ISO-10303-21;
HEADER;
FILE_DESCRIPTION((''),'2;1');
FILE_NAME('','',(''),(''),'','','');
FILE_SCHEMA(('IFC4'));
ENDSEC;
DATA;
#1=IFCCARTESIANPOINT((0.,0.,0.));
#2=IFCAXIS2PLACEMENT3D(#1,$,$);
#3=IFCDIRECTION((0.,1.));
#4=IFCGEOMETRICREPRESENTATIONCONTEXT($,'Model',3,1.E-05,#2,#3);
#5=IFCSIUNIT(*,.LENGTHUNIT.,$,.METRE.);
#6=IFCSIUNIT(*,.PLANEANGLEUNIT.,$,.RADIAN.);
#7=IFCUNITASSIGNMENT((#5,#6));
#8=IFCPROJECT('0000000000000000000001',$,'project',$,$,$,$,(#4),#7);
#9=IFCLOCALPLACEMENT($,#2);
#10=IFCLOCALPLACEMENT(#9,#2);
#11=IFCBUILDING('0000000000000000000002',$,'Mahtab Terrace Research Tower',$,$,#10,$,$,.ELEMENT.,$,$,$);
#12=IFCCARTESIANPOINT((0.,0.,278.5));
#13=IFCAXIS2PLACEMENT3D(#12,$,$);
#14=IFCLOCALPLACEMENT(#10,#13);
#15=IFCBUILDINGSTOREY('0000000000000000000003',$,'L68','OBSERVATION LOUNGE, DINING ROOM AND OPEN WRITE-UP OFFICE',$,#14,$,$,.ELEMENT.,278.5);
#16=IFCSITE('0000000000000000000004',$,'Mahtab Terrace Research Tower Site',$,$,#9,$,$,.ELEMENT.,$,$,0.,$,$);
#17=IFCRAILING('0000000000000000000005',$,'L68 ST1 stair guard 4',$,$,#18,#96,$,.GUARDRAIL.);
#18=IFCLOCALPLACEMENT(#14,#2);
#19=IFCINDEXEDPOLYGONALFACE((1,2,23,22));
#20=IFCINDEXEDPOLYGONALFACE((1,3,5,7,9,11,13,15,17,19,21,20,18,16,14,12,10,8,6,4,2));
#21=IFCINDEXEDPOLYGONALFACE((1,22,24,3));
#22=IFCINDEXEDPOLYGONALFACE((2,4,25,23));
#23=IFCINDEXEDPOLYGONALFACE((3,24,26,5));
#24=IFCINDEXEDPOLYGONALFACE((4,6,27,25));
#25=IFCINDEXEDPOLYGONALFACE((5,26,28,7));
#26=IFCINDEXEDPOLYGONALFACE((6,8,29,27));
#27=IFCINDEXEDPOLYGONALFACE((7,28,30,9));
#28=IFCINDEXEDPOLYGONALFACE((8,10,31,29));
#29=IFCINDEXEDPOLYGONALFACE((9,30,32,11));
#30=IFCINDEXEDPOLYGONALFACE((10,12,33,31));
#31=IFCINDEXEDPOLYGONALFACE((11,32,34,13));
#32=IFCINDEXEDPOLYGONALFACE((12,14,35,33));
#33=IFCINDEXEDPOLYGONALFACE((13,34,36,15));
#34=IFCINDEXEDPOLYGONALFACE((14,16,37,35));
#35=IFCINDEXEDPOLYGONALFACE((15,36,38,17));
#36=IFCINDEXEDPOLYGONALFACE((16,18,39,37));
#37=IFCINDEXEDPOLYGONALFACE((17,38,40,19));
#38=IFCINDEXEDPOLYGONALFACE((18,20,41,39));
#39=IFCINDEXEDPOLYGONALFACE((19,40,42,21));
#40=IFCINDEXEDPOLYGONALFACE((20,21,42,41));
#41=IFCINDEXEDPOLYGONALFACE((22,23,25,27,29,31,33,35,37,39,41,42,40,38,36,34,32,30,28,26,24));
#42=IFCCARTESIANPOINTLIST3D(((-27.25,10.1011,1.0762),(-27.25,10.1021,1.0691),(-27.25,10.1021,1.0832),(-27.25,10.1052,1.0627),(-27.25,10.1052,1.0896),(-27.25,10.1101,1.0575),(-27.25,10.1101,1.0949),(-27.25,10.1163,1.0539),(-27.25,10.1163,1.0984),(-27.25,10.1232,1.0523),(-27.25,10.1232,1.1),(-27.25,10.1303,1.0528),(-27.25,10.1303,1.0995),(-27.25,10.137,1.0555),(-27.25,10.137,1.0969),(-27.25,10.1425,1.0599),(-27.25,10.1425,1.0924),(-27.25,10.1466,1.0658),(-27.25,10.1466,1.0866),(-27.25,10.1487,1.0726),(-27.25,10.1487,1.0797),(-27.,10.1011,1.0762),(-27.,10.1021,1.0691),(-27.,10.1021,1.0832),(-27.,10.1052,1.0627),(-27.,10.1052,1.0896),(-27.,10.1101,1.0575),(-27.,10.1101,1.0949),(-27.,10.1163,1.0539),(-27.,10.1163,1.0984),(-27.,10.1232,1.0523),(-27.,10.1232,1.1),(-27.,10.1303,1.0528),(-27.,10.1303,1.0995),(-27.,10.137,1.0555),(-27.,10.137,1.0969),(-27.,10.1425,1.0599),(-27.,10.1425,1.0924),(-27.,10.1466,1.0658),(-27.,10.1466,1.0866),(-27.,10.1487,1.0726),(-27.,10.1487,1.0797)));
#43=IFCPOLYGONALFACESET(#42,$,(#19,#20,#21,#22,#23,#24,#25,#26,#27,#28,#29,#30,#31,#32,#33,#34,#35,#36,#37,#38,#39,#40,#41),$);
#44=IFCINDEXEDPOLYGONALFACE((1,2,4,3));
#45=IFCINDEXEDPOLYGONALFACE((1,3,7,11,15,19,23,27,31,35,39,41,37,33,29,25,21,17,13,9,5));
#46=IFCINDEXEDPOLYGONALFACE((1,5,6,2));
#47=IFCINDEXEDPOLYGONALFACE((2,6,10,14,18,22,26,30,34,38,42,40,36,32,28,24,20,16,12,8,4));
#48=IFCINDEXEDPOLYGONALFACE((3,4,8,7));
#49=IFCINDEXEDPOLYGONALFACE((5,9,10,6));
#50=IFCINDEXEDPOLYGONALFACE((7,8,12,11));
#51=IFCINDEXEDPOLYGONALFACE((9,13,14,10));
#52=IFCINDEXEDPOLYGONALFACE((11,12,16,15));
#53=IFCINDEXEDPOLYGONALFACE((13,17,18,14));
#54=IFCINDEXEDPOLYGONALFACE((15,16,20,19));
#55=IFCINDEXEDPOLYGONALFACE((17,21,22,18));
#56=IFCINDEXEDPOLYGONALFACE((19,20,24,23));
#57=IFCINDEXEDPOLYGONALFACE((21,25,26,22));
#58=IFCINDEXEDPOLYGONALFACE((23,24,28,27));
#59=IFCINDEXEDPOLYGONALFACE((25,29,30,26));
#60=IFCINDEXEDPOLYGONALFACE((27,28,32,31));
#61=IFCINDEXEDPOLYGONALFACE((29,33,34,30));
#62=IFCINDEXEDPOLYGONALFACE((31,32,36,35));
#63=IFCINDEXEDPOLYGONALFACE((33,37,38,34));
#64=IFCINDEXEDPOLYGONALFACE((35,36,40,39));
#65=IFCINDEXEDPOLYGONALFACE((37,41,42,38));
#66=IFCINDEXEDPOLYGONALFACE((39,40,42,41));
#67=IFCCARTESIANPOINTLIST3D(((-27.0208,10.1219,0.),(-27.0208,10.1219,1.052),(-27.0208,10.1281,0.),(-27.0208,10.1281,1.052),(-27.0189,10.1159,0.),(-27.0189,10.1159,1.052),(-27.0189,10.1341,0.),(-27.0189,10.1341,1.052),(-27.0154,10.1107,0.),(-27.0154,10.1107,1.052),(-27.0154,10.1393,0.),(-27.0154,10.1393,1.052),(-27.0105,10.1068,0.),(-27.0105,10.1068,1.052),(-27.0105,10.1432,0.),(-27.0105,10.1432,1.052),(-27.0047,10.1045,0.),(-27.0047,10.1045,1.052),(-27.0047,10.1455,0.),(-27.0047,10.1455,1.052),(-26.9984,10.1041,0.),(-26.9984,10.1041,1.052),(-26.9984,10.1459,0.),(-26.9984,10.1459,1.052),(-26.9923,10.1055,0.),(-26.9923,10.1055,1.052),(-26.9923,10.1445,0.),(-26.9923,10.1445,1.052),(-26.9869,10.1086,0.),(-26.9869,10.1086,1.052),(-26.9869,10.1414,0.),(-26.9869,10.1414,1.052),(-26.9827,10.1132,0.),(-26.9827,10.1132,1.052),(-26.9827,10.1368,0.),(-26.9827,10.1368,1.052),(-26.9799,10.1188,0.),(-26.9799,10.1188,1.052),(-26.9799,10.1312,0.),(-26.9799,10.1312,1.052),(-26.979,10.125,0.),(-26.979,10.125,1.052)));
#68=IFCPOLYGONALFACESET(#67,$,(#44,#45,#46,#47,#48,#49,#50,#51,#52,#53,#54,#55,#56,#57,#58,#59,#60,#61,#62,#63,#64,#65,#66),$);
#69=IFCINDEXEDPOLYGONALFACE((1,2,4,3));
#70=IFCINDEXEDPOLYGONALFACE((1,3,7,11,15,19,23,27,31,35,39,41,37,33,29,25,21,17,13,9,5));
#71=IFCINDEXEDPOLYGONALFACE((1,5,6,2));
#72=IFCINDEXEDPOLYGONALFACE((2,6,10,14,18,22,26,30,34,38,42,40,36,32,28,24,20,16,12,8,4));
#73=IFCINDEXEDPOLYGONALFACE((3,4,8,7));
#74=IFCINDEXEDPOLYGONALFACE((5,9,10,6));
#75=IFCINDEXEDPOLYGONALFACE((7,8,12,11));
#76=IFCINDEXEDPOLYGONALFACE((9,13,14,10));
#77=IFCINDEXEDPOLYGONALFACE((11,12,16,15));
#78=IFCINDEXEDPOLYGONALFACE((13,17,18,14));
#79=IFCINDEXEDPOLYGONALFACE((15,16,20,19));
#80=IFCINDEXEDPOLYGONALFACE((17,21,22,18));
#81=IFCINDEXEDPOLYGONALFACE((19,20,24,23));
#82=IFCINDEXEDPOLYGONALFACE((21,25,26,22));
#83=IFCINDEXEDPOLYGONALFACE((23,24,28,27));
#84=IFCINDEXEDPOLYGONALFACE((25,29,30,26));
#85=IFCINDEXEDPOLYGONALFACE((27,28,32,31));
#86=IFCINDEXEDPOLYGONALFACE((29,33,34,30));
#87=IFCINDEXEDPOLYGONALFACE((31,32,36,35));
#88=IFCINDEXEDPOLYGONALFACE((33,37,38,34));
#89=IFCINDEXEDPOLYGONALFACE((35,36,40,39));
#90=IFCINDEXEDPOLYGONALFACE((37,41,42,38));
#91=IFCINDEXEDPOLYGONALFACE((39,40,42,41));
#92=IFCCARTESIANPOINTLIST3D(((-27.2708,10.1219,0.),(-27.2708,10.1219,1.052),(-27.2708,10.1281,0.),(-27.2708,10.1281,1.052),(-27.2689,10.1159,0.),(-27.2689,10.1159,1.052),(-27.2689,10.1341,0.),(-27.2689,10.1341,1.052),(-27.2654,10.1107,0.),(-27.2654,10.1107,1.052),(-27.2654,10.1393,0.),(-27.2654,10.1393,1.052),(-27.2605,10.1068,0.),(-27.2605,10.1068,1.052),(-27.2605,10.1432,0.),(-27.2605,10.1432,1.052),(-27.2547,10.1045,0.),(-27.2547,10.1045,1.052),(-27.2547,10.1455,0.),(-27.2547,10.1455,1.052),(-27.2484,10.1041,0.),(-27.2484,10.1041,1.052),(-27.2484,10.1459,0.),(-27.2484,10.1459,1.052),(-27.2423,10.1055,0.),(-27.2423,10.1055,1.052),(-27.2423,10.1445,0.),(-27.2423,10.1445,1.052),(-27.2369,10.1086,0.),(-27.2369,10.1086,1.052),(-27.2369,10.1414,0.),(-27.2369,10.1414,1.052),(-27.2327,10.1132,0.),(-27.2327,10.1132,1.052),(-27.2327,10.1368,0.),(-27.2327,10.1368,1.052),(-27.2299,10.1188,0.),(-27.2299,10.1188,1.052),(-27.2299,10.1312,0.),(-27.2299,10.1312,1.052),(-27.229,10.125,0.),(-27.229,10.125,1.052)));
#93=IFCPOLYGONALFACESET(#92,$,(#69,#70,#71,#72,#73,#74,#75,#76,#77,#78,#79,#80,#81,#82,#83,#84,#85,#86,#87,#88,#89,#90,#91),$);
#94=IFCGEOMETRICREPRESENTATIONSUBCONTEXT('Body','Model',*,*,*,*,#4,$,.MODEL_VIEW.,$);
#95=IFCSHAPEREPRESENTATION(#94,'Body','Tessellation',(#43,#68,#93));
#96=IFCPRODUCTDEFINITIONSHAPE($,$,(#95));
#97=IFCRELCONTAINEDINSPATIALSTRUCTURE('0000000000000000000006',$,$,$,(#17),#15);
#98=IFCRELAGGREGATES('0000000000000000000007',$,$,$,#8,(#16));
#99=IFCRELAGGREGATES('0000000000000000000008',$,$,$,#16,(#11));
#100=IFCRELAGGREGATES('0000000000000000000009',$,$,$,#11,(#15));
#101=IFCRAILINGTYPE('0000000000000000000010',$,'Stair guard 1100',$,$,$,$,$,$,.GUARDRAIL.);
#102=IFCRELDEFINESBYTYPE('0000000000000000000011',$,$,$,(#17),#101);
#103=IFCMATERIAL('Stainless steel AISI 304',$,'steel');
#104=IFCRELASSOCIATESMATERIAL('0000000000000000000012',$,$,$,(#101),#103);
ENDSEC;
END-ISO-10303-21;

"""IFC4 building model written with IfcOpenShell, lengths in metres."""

from ifc_helpers import new_model, si_unit, direction, frame, origin, origin_2d, place, context, subcontext, project, spatial, circle, extrude, material, type_object, element, save


model = new_model("IFC4")

# Units and contexts
model_context = context("Model", 3, precision=1e-05, world=origin(), true_north=direction((0.0, 1.0)))
body_context = subcontext(model_context, "Body", "Model", "MODEL_VIEW")
ifc_project = project(units=[si_unit("LENGTHUNIT", "METRE"), si_unit("PLANEANGLEUNIT", "RADIAN")], contexts=[model_context])

# Site, building, storey
site_placement = place(None, origin())
site = spatial("IfcSite", under=ifc_project, at=site_placement, Name="Mahtab Terrace Research Tower Site", CompositionType="ELEMENT", RefElevation=0.0)
building_placement = place(site_placement, origin())
building = spatial("IfcBuilding", under=site, at=building_placement, Name="Mahtab Terrace Research Tower", CompositionType="ELEMENT")
storey_placement = place(building_placement, frame((0.0, 0.0, 278.5)))
storey = spatial("IfcBuildingStorey", under=building, at=storey_placement, Name="L68", Description="OBSERVATION LOUNGE, DINING ROOM AND OPEN WRITE-UP OFFICE", CompositionType="ELEMENT", Elevation=278.5)

# Railing
ifc_material_1 = material(Name="Stainless steel AISI 304", Category="steel")
railing_type_1 = type_object("IfcRailingType", Name="Stair guard 1100", PredefinedType="GUARDRAIL", material=ifc_material_1)
railing_1_placement = place(storey_placement, frame((-27.0, 10.125, 0.0)))
element("IfcRailing", 1, at=railing_1_placement, inside=storey, type_object=railing_type_1, Name="L68 ST1 stair guard 4", PredefinedType="GUARDRAIL", context=body_context, shape_type="SweptSolid", body=[
    extrude(circle(Radius=0.0239, at=origin_2d()), frame((0.0, 0.0, 1.0762), z_axis=(-1.0, 0.0, 0.0), x_axis=(0.0, -1.0, 0.0)), (0.0, 0.0, 1.0), 0.25),
    extrude(circle(Radius=0.021, at=origin_2d()), origin(), (0.0, 0.0, 1.0), 1.052),
    extrude(circle(Radius=0.021, at=origin_2d()), frame((-0.25, 0.0, 0.0)), (0.0, 0.0, 1.0), 1.052),
])

save(model, "model.ifc")
